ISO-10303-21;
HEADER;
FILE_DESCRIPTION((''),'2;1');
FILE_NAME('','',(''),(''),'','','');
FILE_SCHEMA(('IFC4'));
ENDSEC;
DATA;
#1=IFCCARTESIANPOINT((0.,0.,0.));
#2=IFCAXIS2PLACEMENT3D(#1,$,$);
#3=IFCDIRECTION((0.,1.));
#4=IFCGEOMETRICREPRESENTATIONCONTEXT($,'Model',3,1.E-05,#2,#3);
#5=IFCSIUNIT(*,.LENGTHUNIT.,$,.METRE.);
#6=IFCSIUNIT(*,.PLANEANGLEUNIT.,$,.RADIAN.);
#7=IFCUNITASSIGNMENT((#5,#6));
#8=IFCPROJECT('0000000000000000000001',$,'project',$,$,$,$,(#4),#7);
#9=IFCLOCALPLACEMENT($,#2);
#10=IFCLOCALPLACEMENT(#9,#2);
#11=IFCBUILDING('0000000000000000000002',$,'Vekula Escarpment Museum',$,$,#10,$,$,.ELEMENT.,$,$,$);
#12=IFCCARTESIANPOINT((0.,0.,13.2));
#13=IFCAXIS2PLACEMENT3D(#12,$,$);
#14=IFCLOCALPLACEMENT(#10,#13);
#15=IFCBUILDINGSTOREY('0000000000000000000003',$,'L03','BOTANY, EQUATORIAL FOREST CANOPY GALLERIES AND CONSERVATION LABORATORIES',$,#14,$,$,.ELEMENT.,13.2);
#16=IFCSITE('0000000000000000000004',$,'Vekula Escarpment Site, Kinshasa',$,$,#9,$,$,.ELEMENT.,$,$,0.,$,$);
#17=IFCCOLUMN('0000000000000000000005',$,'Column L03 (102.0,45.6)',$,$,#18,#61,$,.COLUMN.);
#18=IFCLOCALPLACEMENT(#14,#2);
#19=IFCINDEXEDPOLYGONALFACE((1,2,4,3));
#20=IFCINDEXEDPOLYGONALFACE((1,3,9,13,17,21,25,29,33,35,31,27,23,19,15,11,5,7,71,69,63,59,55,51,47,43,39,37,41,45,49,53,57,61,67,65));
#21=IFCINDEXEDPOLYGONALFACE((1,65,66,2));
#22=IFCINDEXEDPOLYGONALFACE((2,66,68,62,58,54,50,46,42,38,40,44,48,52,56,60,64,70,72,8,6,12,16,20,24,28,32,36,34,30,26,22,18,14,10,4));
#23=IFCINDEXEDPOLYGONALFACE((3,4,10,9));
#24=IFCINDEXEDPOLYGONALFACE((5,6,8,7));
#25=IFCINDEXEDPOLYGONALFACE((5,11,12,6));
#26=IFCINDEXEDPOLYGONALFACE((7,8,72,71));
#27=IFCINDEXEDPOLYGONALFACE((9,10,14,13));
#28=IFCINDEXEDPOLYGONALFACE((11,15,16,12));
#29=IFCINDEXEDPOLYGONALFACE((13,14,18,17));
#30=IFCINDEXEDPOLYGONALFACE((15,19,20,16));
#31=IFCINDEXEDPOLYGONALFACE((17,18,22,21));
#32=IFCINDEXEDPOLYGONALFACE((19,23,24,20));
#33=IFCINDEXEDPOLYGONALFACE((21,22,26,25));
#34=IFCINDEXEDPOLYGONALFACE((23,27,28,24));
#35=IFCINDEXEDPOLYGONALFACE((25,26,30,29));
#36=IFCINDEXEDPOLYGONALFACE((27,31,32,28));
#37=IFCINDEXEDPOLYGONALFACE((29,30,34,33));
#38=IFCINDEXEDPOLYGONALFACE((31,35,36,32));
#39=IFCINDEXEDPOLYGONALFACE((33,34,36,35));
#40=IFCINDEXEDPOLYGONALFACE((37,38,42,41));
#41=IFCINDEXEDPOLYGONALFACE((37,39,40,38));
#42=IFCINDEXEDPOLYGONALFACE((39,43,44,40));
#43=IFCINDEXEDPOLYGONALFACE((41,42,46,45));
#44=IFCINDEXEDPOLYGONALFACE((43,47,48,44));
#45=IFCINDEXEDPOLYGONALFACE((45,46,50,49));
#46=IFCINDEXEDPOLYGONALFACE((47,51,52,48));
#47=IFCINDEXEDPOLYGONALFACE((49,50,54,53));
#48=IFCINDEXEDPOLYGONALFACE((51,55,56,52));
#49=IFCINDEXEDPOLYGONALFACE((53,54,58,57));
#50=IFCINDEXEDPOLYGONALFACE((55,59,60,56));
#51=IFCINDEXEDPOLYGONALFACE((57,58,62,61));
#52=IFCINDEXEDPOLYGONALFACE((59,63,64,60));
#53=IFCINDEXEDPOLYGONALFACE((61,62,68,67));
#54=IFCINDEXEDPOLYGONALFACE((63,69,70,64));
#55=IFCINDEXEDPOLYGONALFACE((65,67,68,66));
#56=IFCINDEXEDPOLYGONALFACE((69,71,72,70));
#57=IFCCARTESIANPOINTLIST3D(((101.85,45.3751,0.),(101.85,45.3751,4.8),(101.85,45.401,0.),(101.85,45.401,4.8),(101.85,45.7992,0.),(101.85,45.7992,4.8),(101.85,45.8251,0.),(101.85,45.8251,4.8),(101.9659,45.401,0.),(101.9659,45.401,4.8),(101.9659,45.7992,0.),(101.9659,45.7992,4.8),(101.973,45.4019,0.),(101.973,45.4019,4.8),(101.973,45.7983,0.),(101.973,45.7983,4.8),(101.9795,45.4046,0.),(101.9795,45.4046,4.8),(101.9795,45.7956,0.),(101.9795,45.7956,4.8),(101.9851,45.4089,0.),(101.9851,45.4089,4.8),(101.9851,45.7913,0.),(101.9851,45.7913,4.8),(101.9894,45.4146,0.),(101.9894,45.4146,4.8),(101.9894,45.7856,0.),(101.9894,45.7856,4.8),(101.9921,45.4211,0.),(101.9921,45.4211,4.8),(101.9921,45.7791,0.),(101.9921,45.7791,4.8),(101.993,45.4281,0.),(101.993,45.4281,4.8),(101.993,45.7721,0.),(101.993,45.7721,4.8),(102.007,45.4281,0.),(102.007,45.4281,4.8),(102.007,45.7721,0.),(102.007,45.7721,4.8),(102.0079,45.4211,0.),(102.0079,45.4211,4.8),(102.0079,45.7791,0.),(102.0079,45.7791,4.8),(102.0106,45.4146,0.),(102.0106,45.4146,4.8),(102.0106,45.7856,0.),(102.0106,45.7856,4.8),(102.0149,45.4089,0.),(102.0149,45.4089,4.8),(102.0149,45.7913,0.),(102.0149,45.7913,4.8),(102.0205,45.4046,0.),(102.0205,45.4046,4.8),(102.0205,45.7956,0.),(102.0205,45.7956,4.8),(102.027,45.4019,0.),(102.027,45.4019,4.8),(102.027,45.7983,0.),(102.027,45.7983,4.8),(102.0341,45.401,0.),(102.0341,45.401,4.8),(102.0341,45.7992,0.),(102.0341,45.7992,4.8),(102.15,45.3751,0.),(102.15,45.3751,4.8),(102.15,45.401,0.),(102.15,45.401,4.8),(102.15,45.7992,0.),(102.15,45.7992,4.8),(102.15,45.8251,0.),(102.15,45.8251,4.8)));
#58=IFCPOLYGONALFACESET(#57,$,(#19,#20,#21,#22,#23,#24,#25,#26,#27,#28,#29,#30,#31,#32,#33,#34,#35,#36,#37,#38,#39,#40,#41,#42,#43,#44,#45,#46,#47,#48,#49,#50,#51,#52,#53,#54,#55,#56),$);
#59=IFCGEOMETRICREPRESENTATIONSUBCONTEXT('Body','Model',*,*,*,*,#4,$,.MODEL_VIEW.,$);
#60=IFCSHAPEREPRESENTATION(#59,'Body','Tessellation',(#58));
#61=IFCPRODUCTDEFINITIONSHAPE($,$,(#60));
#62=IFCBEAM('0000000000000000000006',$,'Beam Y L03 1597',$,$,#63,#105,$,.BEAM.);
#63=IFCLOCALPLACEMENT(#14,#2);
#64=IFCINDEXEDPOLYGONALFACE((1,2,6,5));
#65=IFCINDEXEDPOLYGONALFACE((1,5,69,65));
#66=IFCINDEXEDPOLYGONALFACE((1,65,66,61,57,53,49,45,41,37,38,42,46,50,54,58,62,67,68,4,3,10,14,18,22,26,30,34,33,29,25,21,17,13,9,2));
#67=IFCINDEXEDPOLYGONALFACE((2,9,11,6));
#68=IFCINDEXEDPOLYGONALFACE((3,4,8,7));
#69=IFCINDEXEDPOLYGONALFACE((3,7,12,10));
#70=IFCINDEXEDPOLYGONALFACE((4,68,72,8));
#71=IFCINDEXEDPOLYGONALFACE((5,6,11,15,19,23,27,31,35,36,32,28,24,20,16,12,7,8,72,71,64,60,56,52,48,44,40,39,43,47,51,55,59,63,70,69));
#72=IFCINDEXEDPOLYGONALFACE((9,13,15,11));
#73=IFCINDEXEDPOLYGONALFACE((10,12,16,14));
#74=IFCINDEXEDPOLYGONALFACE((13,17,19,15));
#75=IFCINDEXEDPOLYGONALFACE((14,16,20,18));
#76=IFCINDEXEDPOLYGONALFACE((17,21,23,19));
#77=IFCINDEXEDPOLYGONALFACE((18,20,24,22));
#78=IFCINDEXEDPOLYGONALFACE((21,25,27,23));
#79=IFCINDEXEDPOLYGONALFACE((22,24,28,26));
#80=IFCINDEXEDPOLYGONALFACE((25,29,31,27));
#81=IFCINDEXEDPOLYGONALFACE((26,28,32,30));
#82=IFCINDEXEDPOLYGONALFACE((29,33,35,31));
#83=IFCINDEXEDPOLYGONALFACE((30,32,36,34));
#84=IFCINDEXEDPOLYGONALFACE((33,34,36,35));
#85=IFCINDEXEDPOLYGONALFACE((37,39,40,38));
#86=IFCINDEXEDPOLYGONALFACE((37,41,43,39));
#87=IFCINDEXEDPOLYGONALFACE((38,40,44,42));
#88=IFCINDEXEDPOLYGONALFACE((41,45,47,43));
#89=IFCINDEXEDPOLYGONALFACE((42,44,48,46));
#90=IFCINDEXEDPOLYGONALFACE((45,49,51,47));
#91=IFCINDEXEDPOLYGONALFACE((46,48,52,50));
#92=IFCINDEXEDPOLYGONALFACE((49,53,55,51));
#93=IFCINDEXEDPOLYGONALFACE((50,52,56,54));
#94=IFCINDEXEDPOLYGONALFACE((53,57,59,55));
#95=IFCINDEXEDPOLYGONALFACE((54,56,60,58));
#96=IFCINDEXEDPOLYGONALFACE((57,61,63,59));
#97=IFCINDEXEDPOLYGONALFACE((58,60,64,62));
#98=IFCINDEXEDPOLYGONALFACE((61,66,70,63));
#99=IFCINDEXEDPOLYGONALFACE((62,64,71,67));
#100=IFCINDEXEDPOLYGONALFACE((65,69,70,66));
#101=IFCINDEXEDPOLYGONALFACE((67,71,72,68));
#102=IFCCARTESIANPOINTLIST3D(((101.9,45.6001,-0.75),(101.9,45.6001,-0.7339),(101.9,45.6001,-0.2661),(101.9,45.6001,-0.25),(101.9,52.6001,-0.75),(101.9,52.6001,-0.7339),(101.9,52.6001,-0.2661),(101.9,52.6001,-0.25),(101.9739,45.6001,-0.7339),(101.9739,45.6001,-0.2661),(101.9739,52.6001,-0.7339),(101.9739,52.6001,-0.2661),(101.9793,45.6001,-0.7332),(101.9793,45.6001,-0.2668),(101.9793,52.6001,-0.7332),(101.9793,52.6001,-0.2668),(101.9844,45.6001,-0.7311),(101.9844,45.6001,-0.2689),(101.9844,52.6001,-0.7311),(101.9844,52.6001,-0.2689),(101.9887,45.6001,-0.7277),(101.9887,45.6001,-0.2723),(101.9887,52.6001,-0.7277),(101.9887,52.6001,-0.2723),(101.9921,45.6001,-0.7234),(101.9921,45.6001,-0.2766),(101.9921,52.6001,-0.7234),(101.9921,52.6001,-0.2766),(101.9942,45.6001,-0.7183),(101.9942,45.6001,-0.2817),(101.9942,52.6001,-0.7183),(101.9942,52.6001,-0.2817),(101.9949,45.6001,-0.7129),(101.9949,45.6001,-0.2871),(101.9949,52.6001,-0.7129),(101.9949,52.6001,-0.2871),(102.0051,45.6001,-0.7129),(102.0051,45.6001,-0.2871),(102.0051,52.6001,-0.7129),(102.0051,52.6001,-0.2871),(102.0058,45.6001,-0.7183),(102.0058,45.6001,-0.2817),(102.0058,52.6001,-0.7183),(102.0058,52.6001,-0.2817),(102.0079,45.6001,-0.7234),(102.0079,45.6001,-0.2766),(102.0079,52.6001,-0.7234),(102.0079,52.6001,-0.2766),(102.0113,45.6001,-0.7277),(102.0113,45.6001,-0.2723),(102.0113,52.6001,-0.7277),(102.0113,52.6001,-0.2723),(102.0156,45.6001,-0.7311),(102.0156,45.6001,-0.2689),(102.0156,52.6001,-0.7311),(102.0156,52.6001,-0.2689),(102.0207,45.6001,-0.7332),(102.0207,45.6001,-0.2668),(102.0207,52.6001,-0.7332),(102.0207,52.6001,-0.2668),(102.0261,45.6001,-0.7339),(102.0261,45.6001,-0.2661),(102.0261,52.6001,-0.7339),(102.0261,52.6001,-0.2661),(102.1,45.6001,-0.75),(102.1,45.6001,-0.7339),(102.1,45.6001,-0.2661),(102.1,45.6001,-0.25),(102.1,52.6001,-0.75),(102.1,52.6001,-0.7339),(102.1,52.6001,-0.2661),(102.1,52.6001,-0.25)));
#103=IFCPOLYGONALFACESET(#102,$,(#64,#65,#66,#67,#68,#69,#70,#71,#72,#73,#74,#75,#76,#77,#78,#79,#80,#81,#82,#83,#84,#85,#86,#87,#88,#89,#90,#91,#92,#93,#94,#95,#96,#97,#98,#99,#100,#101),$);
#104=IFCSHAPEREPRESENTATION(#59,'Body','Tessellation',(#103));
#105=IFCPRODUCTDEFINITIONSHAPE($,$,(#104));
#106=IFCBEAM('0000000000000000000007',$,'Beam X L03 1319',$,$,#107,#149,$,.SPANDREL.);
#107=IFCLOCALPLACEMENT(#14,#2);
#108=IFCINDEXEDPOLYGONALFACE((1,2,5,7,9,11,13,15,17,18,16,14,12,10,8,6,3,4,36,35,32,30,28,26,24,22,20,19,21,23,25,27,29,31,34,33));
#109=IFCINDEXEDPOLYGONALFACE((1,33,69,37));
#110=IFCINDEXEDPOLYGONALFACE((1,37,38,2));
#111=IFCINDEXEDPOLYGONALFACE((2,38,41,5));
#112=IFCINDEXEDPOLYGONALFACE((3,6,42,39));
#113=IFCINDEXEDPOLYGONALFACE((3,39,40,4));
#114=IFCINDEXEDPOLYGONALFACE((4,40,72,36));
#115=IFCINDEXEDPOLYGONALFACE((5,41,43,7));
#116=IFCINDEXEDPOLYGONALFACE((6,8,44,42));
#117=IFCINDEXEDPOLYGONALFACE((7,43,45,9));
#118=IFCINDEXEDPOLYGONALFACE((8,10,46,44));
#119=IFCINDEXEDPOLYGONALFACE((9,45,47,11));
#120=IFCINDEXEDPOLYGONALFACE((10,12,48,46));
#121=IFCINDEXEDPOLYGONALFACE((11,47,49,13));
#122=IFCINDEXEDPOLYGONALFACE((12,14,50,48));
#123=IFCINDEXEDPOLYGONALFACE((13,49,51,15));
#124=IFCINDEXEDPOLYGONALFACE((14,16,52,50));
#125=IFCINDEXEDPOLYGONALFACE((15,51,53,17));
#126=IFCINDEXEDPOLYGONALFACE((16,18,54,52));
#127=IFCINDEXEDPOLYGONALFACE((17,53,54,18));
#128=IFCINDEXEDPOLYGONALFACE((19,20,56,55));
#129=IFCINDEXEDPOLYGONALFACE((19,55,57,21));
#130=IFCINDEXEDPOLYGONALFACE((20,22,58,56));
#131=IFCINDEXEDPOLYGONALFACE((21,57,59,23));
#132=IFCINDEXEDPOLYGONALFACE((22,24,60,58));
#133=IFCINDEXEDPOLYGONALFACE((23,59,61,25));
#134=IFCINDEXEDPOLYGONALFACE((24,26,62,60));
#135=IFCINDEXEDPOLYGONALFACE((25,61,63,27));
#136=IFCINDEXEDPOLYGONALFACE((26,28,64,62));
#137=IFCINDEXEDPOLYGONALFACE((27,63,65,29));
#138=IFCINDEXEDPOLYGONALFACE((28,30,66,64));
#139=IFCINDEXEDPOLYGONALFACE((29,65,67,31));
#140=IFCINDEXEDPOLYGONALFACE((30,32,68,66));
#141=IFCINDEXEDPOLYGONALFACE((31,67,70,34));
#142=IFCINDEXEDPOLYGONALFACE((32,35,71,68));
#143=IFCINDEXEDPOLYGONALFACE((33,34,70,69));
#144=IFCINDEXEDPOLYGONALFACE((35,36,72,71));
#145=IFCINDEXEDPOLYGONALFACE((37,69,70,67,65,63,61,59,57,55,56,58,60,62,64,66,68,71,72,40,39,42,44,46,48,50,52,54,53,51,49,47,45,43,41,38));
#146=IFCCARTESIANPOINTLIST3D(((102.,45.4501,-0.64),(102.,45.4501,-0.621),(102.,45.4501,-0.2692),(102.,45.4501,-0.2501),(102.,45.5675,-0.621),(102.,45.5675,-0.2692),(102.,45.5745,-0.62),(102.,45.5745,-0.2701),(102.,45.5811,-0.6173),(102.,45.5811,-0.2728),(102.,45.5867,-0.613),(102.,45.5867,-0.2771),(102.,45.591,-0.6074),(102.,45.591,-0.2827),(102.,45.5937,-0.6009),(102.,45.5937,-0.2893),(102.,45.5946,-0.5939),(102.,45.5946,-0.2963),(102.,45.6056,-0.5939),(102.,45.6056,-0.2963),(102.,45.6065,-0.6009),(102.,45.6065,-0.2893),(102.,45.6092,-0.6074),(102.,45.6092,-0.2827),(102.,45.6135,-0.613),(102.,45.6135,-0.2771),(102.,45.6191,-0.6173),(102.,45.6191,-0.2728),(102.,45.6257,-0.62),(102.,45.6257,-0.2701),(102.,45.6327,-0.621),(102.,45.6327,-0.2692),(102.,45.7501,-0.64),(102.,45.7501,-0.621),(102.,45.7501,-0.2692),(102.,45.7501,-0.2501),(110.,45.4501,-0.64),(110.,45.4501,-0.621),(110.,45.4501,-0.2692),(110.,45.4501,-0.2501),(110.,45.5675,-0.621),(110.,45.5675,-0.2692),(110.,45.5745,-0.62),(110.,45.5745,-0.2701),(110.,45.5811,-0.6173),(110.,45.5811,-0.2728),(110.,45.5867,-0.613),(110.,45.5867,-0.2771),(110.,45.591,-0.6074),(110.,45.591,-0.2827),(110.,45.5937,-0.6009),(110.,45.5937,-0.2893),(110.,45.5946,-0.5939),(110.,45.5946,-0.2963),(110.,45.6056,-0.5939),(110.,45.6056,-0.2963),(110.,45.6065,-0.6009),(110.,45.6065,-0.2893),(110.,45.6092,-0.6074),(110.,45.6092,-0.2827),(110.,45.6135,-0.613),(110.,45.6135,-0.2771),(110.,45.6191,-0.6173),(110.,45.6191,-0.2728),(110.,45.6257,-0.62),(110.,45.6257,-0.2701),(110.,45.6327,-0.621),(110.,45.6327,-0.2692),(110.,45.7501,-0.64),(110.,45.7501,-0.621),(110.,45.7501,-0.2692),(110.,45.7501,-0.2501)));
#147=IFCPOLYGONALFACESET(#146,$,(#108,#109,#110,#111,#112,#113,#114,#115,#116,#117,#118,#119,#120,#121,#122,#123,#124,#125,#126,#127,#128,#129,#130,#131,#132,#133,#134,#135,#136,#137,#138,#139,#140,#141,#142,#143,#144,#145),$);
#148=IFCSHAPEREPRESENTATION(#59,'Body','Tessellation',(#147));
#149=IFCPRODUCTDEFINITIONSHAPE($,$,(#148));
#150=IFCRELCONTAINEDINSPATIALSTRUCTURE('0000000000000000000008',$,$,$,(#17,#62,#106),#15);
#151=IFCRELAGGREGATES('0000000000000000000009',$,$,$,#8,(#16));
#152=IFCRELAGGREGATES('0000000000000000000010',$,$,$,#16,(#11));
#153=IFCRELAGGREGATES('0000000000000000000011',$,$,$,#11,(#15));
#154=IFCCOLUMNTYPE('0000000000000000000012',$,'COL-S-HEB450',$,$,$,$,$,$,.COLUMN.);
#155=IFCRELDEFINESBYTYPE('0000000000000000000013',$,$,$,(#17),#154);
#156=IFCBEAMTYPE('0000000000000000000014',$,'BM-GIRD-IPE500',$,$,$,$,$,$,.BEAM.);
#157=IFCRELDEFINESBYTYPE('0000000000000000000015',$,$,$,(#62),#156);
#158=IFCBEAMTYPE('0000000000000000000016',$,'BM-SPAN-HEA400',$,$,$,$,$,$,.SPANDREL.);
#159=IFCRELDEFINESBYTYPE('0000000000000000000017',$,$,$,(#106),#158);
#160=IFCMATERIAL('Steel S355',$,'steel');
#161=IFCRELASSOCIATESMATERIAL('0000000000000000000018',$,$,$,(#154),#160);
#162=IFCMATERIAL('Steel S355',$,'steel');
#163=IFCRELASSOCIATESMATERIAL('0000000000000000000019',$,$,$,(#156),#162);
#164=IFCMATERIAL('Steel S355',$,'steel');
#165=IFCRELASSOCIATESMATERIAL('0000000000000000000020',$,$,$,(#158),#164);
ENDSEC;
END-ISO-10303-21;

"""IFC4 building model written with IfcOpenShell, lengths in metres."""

from ifc_helpers import new_model, si_unit, direction, frame, origin, origin_2d, place, context, subcontext, project, spatial, i_section, extrude, material, material_profile, profile_set, type_object, element, save


model = new_model("IFC4")

# Units and contexts
model_context = context("Model", 3, precision=1e-05, world=origin(), true_north=direction((0.0, 1.0)))
body_context = subcontext(model_context, "Body", "Model", "MODEL_VIEW")
ifc_project = project(units=[si_unit("LENGTHUNIT", "METRE"), si_unit("PLANEANGLEUNIT", "RADIAN")], contexts=[model_context])

# Site, building, storey
site_placement = place(None, origin())
site = spatial("IfcSite", under=ifc_project, at=site_placement, Name="Vekula Escarpment Site, Kinshasa", CompositionType="ELEMENT", RefElevation=0.0)
building_placement = place(site_placement, origin())
building = spatial("IfcBuilding", under=site, at=building_placement, Name="Vekula Escarpment Museum", CompositionType="ELEMENT")
storey_placement = place(building_placement, frame((0.0, 0.0, 13.2)))
storey = spatial("IfcBuildingStorey", under=building, at=storey_placement, Name="L03", Description="BOTANY, EQUATORIAL FOREST CANOPY GALLERIES AND CONSERVATION LABORATORIES", CompositionType="ELEMENT", Elevation=13.2)

# Column
ifc_material_1 = material(Name="Steel S355", Category="steel")
ifc_material_profile_1 = material_profile(ifc_material_1, i_section(OverallWidth=0.3, OverallDepth=0.45, WebThickness=0.0139, FlangeThickness=0.0259, FilletRadius=0.0271, at=origin_2d()), Name="HEB 450")
ifc_profile_set_1 = profile_set([ifc_material_profile_1], Name="Steel S355")
column_type = type_object("IfcColumnType", Name="COL-S-HEB450", PredefinedType="COLUMN", material=ifc_profile_set_1)
column_placement = place(storey_placement, frame((102.0, 45.6001, 0.0), z_axis=(0.0, 0.0, 1.0), x_axis=(1.0, 0.0, 0.0)))
element("IfcColumn", 1, at=column_placement, inside=storey, type_object=column_type, Name="Column L03 (102.0,45.6)", PredefinedType="COLUMN", context=body_context, shape_type="SweptSolid", body=[
    extrude(i_section(OverallWidth=0.3, OverallDepth=0.45, WebThickness=0.0139, FlangeThickness=0.0259, FilletRadius=0.0271, at=origin_2d()), origin(), (0.0, 0.0, 1.0), 4.8),
])

# Beams
ifc_material_2 = material(Name="Steel S355", Category="steel")
ifc_material_profile_2 = material_profile(ifc_material_2, i_section(OverallWidth=0.2, OverallDepth=0.5, WebThickness=0.0103, FlangeThickness=0.0161, FilletRadius=0.021, at=origin_2d()), Name="IPE 500")
ifc_profile_set_2 = profile_set([ifc_material_profile_2], Name="Steel S355")
beam_type_1 = type_object("IfcBeamType", Name="BM-GIRD-IPE500", PredefinedType="BEAM", material=ifc_profile_set_2)
beam_1_placement = place(storey_placement, frame((102.0, 45.6001, -0.5), z_axis=(0.0, 1.0, 0.0), x_axis=(-1.0, 0.0, 0.0)))
element("IfcBeam", 2, at=beam_1_placement, inside=storey, type_object=beam_type_1, Name="Beam Y L03 1597", PredefinedType="BEAM", context=body_context, shape_type="SweptSolid", body=[
    extrude(i_section(OverallWidth=0.2, OverallDepth=0.5, WebThickness=0.0103, FlangeThickness=0.0161, FilletRadius=0.021, at=origin_2d()), origin(), (0.0, 0.0, 1.0), 7.0),
])
ifc_material_3 = material(Name="Steel S355", Category="steel")
ifc_material_profile_3 = material_profile(ifc_material_3, i_section(OverallWidth=0.3, OverallDepth=0.3899, WebThickness=0.011, FlangeThickness=0.019, FilletRadius=0.0271, at=origin_2d()), Name="HEA 400")
ifc_profile_set_3 = profile_set([ifc_material_profile_3], Name="Steel S355")
beam_type_2 = type_object("IfcBeamType", Name="BM-SPAN-HEA400", PredefinedType="SPANDREL", material=ifc_profile_set_3)
beam_2_placement = place(storey_placement, frame((102.0, 45.6001, -0.4451), z_axis=(1.0, 0.0, 0.0), x_axis=(0.0, 1.0, 0.0)))
element("IfcBeam", 3, at=beam_2_placement, inside=storey, type_object=beam_type_2, Name="Beam X L03 1319", PredefinedType="SPANDREL", context=body_context, shape_type="SweptSolid", body=[
    extrude(i_section(OverallWidth=0.3, OverallDepth=0.3899, WebThickness=0.011, FlangeThickness=0.019, FilletRadius=0.0271, at=origin_2d()), origin(), (0.0, 0.0, 1.0), 8.0),
])

save(model, "model.ifc")
